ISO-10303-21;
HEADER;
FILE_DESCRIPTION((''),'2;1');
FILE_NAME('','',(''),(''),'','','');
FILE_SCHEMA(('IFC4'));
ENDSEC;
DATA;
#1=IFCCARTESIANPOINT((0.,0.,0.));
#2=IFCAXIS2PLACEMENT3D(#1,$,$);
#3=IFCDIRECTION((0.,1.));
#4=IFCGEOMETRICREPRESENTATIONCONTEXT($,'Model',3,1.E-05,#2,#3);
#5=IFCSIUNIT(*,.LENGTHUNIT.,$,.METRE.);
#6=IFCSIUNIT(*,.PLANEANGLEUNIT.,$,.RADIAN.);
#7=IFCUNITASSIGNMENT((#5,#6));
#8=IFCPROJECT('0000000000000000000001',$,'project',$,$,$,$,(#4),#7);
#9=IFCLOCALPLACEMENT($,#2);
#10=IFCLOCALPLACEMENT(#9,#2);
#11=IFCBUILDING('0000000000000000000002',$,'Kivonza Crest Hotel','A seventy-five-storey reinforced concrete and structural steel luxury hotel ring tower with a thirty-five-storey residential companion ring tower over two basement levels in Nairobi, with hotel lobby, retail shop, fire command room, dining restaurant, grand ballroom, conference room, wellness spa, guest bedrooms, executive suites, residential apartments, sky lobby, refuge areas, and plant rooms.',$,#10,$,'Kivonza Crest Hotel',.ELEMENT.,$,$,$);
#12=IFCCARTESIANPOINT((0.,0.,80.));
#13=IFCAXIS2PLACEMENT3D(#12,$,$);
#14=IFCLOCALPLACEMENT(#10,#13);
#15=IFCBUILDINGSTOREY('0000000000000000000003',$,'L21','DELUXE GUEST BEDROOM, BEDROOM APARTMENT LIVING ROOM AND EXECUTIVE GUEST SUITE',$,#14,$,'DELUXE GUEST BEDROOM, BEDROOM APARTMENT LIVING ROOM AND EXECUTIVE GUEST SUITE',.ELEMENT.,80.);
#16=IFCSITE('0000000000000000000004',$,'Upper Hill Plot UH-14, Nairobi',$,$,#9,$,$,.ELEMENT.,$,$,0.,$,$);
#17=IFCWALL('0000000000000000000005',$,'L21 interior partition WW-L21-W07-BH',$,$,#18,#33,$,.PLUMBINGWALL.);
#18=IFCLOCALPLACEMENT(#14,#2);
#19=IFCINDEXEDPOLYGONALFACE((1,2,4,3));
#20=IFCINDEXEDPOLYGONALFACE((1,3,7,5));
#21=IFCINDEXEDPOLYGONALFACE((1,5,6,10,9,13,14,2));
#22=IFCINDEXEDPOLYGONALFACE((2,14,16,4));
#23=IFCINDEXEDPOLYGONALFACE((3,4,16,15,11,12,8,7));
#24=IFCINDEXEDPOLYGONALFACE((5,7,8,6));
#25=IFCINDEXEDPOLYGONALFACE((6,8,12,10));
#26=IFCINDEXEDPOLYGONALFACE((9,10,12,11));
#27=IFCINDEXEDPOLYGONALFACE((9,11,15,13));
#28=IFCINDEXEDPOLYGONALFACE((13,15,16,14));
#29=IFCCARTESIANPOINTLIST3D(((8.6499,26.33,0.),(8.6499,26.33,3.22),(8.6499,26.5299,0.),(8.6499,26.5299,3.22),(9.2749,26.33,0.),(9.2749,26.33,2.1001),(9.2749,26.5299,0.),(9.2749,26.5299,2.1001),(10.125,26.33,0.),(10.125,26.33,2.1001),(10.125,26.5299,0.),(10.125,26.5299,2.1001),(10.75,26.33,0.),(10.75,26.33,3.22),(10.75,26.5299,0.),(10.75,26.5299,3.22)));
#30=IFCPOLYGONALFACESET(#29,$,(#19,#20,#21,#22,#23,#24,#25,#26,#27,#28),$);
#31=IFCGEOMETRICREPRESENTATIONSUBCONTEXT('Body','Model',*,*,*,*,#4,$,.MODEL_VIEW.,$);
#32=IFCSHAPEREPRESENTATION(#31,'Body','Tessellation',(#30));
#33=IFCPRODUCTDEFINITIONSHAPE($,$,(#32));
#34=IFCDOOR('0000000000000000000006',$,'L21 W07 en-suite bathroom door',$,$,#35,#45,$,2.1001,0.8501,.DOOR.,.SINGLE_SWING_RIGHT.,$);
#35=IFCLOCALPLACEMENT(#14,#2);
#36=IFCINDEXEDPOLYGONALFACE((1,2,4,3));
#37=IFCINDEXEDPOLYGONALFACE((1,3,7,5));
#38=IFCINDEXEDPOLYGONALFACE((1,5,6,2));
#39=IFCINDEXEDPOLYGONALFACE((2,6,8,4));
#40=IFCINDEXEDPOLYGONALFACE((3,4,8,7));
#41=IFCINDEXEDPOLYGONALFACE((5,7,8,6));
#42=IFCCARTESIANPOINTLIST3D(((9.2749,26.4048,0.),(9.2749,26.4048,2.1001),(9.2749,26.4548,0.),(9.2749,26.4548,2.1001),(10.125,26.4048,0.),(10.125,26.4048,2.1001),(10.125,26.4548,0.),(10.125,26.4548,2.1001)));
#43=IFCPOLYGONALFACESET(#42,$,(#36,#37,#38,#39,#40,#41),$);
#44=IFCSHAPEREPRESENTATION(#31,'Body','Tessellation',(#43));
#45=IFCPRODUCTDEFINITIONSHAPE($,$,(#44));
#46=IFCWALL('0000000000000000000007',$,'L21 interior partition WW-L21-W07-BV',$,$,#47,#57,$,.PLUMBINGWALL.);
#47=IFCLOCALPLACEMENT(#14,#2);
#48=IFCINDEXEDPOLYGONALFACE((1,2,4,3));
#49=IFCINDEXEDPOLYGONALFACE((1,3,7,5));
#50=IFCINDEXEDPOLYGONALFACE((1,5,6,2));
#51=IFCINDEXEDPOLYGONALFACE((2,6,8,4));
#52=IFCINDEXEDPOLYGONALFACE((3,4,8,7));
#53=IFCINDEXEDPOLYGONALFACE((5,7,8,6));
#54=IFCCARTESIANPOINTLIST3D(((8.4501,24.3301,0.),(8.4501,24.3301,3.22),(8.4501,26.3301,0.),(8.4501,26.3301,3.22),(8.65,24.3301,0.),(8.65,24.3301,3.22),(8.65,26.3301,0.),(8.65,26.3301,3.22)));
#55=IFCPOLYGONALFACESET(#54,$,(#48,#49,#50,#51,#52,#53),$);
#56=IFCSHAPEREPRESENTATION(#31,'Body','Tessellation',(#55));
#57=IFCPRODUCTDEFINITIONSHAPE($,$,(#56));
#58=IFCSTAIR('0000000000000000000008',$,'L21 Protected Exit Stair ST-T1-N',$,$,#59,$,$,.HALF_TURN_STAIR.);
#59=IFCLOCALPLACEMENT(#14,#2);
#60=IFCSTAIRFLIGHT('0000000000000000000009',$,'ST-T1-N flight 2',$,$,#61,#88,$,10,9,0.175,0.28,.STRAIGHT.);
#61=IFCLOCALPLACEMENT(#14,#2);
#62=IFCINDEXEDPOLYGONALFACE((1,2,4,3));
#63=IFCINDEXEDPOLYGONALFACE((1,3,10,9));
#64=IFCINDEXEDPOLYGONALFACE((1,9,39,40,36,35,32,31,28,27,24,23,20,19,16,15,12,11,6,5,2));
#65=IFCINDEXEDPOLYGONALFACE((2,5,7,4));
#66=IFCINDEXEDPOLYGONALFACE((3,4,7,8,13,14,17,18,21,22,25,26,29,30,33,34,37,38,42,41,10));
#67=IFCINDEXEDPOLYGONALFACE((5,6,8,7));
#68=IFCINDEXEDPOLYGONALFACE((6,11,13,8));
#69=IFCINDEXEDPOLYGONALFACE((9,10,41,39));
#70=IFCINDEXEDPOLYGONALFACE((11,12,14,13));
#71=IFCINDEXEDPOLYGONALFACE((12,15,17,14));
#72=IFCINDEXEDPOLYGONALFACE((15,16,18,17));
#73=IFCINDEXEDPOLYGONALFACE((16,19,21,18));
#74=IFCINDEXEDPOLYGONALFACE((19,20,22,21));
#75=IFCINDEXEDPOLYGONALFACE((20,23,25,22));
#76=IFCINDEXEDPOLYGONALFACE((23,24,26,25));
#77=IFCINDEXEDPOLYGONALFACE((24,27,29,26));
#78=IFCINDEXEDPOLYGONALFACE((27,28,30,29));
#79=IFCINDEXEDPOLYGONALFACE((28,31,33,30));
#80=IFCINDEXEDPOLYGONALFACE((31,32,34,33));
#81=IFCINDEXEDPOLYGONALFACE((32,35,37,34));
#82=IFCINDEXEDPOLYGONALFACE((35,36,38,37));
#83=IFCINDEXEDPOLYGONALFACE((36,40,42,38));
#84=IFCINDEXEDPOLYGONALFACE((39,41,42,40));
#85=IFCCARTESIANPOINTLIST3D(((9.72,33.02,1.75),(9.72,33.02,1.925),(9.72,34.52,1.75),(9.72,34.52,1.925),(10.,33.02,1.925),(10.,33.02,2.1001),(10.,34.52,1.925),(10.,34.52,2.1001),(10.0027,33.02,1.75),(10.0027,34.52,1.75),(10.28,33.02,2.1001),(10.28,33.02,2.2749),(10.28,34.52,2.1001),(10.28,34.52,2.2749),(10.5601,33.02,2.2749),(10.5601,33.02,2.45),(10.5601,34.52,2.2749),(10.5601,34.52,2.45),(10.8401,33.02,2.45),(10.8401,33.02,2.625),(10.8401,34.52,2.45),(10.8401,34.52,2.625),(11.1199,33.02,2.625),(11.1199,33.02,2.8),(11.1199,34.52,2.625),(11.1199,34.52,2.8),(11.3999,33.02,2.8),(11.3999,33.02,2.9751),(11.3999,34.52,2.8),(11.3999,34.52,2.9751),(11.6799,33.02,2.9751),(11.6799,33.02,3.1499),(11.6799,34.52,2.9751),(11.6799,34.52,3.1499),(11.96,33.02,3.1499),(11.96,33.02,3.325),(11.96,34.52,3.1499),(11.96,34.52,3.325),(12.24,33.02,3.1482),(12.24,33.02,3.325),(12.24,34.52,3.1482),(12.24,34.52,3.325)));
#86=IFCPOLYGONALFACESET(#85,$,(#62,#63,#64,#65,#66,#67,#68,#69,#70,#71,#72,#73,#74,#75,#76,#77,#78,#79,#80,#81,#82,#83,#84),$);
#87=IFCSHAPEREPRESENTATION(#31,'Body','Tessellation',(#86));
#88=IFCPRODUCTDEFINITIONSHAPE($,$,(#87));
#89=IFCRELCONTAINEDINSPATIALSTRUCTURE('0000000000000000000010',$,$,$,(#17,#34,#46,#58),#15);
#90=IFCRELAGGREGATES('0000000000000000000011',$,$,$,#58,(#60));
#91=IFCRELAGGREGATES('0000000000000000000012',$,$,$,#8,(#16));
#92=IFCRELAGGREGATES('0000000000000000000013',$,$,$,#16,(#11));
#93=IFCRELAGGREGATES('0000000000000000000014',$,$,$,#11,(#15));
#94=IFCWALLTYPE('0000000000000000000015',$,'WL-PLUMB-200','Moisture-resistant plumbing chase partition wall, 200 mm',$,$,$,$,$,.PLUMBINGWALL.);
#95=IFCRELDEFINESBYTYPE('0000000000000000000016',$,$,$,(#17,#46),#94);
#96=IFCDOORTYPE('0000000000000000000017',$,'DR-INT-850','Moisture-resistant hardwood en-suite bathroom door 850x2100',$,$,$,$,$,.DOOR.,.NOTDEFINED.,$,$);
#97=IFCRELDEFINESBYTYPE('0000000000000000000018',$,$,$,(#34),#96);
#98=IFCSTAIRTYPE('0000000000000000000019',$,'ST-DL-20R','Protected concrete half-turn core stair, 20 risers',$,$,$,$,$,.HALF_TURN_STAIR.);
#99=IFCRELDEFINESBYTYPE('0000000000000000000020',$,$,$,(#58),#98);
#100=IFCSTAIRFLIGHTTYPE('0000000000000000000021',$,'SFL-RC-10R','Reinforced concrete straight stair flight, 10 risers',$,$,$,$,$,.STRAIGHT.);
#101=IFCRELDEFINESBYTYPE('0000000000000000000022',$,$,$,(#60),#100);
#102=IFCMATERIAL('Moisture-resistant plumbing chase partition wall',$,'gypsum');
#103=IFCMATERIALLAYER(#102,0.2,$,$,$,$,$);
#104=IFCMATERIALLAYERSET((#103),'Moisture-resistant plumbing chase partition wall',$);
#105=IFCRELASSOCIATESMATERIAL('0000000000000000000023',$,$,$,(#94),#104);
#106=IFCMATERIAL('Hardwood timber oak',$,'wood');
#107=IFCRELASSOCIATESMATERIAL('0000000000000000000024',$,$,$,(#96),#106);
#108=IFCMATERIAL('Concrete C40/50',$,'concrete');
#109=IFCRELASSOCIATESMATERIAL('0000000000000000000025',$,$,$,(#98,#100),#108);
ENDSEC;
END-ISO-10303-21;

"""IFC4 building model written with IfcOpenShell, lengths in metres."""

from ifc_helpers import new_model, si_unit, direction, frame, frame_2d, origin, place, context, subcontext, project, spatial, polyline, rectangle, outline, extrude, material, layer, layer_set, type_object, element, fill, aggregate, save


model = new_model("IFC4")

# Units and contexts
model_context = context("Model", 3, precision=1e-05, world=origin(), true_north=direction((0.0, 1.0)))
body_context = subcontext(model_context, "Body", "Model", "MODEL_VIEW")
ifc_project = project(units=[si_unit("LENGTHUNIT", "METRE"), si_unit("PLANEANGLEUNIT", "RADIAN")], contexts=[model_context])

# Site, building, storey
site_placement = place(None, origin())
site = spatial("IfcSite", under=ifc_project, at=site_placement, Name="Upper Hill Plot UH-14, Nairobi", CompositionType="ELEMENT", RefElevation=0.0)
building_placement = place(site_placement, origin())
building = spatial("IfcBuilding", under=site, at=building_placement, Name="Kivonza Crest Hotel", Description="A seventy-five-storey reinforced concrete and structural steel luxury hotel ring tower with a thirty-five-storey residential companion ring tower over two basement levels in Nairobi, with hotel lobby, retail shop, fire command room, dining restaurant, grand ballroom, conference room, wellness spa, guest bedrooms, executive suites, residential apartments, sky lobby, refuge areas, and plant rooms.", LongName="Kivonza Crest Hotel", CompositionType="ELEMENT")
storey_placement = place(building_placement, frame((0.0, 0.0, 80.0)))
storey = spatial("IfcBuildingStorey", under=building, at=storey_placement, Name="L21", Description="DELUXE GUEST BEDROOM, BEDROOM APARTMENT LIVING ROOM AND EXECUTIVE GUEST SUITE", LongName="DELUXE GUEST BEDROOM, BEDROOM APARTMENT LIVING ROOM AND EXECUTIVE GUEST SUITE", CompositionType="ELEMENT", Elevation=80.0)

# Shared definitions
ifc_material_1 = material(Name="Hardwood timber oak", Category="wood")

# Wall, opening, door
ifc_material_2 = material(Name="Moisture-resistant plumbing chase partition wall", Category="gypsum")
ifc_layer_1 = layer(ifc_material_2, 0.2)
ifc_layer_set_1 = layer_set([ifc_layer_1], Name="Moisture-resistant plumbing chase partition wall")
wall_type_1 = type_object("IfcWallType", Name="WL-PLUMB-200", Description="Moisture-resistant plumbing chase partition wall, 200 mm", PredefinedType="PLUMBINGWALL", material=ifc_layer_set_1)
wall_1_placement = place(storey_placement, frame((8.6499, 26.4299, 0.0), z_axis=(0.0, 0.0, 1.0), x_axis=(1.0, 0.0, 0.0)))
wall_1 = element("IfcWall", 1, at=wall_1_placement, inside=storey, type_object=wall_type_1, Name="L21 interior partition WW-L21-W07-BH", PredefinedType="PLUMBINGWALL", context=body_context, shape_type="SweptSolid", body=[
    extrude(rectangle(XDim=2.1001, YDim=0.2, at=frame_2d((1.05, 0.0))), origin(), (0.0, 0.0, 1.0), 3.22),
])
opening_1_placement = place(wall_1_placement, frame((0.625, 0.0, 0.0)))
opening_1 = element("IfcOpeningElement", 2, at=opening_1_placement, cuts=wall_1, PredefinedType="OPENING", context=body_context, shape_type="SweptSolid", body=[
    extrude(rectangle(XDim=0.8501, YDim=2.1001, at=frame_2d((0.425, 1.05))), frame((0.0, 0.1099, 0.0), z_axis=(0.0, -1.0, 0.0), x_axis=(1.0, 0.0, 0.0)), (0.0, 0.0, 1.0), 0.22),
])
door_type_1 = type_object("IfcDoorType", Name="DR-INT-850", Description="Moisture-resistant hardwood en-suite bathroom door 850x2100", OperationType="NOTDEFINED", PredefinedType="DOOR", material=ifc_material_1)
door_1_placement = place(opening_1_placement, origin())
door_1 = element("IfcDoor", 3, at=door_1_placement, inside=storey, type_object=door_type_1, Name="L21 W07 en-suite bathroom door", OperationType="SINGLE_SWING_RIGHT", OverallHeight=2.1001, OverallWidth=0.8501, PredefinedType="DOOR", context=body_context, shape_type="SweptSolid", body=[
    extrude(rectangle(XDim=0.8501, YDim=2.1001, at=frame_2d((0.425, 1.05))), frame((0.0, 0.0249, 0.0), z_axis=(0.0, -1.0, 0.0), x_axis=(1.0, 0.0, 0.0)), (0.0, 0.0, 1.0), 0.05),
])
fill(opening_1, door_1)

# Wall
wall_2_placement = place(storey_placement, frame((8.55, 24.3301, 0.0), z_axis=(0.0, 0.0, 1.0), x_axis=(0.0, 1.0, 0.0)))
element("IfcWall", 4, at=wall_2_placement, inside=storey, type_object=wall_type_1, Name="L21 interior partition WW-L21-W07-BV", PredefinedType="PLUMBINGWALL", context=body_context, shape_type="SweptSolid", body=[
    extrude(rectangle(XDim=2.0, YDim=0.2, at=frame_2d((1.0, 0.0))), origin(), (0.0, 0.0, 1.0), 3.22),
])

# Stair, stair flight
ifc_material_3 = material(Name="Concrete C40/50", Category="concrete")
stair_type = type_object("IfcStairType", Name="ST-DL-20R", Description="Protected concrete half-turn core stair, 20 risers", PredefinedType="HALF_TURN_STAIR", material=ifc_material_3)
stair_placement = place(storey_placement, origin())
stair = element("IfcStair", 5, at=stair_placement, inside=storey, type_object=stair_type, Name="L21 Protected Exit Stair ST-T1-N", PredefinedType="HALF_TURN_STAIR")
stair_flight_type = type_object("IfcStairFlightType", Name="SFL-RC-10R", Description="Reinforced concrete straight stair flight, 10 risers", PredefinedType="STRAIGHT", material=ifc_material_3)
stair_flight_placement = place(storey_placement, frame((9.72, 33.77, 1.75), z_axis=(0.0, 0.0, 1.0), x_axis=(1.0, 0.0, 0.0)))
stair_flight = element("IfcStairFlight", 6, at=stair_flight_placement, type_object=stair_flight_type, Name="ST-T1-N flight 2", NumberOfRisers=10, NumberOfTreads=9, PredefinedType="STRAIGHT", RiserHeight=0.175, TreadLength=0.28, context=body_context, shape_type="SweptSolid", body=[
    extrude(outline(polyline([(0.0, 0.0), (0.0, 0.175), (0.28, 0.175), (0.28, 0.3501), (0.5601, 0.3501), (0.5601, 0.5249), (0.8401, 0.5249), (0.8401, 0.7), (1.1201, 0.7), (1.1201, 0.875), (1.3999, 0.875), (1.3999, 1.05), (1.6799, 1.05), (1.6799, 1.2251), (1.96, 1.2251), (1.96, 1.3999), (2.24, 1.3999), (2.24, 1.575), (2.52, 1.575), (2.52, 1.75), (2.52, 1.3982), (0.2827, 0.0), (0.0, 0.0)])), frame((0.0, 0.75, 0.0), z_axis=(0.0, -1.0, 0.0), x_axis=(1.0, 0.0, 0.0)), (0.0, 0.0, 1.0), 1.5),
])
aggregate(stair, [stair_flight])

save(model, "model.ifc")
